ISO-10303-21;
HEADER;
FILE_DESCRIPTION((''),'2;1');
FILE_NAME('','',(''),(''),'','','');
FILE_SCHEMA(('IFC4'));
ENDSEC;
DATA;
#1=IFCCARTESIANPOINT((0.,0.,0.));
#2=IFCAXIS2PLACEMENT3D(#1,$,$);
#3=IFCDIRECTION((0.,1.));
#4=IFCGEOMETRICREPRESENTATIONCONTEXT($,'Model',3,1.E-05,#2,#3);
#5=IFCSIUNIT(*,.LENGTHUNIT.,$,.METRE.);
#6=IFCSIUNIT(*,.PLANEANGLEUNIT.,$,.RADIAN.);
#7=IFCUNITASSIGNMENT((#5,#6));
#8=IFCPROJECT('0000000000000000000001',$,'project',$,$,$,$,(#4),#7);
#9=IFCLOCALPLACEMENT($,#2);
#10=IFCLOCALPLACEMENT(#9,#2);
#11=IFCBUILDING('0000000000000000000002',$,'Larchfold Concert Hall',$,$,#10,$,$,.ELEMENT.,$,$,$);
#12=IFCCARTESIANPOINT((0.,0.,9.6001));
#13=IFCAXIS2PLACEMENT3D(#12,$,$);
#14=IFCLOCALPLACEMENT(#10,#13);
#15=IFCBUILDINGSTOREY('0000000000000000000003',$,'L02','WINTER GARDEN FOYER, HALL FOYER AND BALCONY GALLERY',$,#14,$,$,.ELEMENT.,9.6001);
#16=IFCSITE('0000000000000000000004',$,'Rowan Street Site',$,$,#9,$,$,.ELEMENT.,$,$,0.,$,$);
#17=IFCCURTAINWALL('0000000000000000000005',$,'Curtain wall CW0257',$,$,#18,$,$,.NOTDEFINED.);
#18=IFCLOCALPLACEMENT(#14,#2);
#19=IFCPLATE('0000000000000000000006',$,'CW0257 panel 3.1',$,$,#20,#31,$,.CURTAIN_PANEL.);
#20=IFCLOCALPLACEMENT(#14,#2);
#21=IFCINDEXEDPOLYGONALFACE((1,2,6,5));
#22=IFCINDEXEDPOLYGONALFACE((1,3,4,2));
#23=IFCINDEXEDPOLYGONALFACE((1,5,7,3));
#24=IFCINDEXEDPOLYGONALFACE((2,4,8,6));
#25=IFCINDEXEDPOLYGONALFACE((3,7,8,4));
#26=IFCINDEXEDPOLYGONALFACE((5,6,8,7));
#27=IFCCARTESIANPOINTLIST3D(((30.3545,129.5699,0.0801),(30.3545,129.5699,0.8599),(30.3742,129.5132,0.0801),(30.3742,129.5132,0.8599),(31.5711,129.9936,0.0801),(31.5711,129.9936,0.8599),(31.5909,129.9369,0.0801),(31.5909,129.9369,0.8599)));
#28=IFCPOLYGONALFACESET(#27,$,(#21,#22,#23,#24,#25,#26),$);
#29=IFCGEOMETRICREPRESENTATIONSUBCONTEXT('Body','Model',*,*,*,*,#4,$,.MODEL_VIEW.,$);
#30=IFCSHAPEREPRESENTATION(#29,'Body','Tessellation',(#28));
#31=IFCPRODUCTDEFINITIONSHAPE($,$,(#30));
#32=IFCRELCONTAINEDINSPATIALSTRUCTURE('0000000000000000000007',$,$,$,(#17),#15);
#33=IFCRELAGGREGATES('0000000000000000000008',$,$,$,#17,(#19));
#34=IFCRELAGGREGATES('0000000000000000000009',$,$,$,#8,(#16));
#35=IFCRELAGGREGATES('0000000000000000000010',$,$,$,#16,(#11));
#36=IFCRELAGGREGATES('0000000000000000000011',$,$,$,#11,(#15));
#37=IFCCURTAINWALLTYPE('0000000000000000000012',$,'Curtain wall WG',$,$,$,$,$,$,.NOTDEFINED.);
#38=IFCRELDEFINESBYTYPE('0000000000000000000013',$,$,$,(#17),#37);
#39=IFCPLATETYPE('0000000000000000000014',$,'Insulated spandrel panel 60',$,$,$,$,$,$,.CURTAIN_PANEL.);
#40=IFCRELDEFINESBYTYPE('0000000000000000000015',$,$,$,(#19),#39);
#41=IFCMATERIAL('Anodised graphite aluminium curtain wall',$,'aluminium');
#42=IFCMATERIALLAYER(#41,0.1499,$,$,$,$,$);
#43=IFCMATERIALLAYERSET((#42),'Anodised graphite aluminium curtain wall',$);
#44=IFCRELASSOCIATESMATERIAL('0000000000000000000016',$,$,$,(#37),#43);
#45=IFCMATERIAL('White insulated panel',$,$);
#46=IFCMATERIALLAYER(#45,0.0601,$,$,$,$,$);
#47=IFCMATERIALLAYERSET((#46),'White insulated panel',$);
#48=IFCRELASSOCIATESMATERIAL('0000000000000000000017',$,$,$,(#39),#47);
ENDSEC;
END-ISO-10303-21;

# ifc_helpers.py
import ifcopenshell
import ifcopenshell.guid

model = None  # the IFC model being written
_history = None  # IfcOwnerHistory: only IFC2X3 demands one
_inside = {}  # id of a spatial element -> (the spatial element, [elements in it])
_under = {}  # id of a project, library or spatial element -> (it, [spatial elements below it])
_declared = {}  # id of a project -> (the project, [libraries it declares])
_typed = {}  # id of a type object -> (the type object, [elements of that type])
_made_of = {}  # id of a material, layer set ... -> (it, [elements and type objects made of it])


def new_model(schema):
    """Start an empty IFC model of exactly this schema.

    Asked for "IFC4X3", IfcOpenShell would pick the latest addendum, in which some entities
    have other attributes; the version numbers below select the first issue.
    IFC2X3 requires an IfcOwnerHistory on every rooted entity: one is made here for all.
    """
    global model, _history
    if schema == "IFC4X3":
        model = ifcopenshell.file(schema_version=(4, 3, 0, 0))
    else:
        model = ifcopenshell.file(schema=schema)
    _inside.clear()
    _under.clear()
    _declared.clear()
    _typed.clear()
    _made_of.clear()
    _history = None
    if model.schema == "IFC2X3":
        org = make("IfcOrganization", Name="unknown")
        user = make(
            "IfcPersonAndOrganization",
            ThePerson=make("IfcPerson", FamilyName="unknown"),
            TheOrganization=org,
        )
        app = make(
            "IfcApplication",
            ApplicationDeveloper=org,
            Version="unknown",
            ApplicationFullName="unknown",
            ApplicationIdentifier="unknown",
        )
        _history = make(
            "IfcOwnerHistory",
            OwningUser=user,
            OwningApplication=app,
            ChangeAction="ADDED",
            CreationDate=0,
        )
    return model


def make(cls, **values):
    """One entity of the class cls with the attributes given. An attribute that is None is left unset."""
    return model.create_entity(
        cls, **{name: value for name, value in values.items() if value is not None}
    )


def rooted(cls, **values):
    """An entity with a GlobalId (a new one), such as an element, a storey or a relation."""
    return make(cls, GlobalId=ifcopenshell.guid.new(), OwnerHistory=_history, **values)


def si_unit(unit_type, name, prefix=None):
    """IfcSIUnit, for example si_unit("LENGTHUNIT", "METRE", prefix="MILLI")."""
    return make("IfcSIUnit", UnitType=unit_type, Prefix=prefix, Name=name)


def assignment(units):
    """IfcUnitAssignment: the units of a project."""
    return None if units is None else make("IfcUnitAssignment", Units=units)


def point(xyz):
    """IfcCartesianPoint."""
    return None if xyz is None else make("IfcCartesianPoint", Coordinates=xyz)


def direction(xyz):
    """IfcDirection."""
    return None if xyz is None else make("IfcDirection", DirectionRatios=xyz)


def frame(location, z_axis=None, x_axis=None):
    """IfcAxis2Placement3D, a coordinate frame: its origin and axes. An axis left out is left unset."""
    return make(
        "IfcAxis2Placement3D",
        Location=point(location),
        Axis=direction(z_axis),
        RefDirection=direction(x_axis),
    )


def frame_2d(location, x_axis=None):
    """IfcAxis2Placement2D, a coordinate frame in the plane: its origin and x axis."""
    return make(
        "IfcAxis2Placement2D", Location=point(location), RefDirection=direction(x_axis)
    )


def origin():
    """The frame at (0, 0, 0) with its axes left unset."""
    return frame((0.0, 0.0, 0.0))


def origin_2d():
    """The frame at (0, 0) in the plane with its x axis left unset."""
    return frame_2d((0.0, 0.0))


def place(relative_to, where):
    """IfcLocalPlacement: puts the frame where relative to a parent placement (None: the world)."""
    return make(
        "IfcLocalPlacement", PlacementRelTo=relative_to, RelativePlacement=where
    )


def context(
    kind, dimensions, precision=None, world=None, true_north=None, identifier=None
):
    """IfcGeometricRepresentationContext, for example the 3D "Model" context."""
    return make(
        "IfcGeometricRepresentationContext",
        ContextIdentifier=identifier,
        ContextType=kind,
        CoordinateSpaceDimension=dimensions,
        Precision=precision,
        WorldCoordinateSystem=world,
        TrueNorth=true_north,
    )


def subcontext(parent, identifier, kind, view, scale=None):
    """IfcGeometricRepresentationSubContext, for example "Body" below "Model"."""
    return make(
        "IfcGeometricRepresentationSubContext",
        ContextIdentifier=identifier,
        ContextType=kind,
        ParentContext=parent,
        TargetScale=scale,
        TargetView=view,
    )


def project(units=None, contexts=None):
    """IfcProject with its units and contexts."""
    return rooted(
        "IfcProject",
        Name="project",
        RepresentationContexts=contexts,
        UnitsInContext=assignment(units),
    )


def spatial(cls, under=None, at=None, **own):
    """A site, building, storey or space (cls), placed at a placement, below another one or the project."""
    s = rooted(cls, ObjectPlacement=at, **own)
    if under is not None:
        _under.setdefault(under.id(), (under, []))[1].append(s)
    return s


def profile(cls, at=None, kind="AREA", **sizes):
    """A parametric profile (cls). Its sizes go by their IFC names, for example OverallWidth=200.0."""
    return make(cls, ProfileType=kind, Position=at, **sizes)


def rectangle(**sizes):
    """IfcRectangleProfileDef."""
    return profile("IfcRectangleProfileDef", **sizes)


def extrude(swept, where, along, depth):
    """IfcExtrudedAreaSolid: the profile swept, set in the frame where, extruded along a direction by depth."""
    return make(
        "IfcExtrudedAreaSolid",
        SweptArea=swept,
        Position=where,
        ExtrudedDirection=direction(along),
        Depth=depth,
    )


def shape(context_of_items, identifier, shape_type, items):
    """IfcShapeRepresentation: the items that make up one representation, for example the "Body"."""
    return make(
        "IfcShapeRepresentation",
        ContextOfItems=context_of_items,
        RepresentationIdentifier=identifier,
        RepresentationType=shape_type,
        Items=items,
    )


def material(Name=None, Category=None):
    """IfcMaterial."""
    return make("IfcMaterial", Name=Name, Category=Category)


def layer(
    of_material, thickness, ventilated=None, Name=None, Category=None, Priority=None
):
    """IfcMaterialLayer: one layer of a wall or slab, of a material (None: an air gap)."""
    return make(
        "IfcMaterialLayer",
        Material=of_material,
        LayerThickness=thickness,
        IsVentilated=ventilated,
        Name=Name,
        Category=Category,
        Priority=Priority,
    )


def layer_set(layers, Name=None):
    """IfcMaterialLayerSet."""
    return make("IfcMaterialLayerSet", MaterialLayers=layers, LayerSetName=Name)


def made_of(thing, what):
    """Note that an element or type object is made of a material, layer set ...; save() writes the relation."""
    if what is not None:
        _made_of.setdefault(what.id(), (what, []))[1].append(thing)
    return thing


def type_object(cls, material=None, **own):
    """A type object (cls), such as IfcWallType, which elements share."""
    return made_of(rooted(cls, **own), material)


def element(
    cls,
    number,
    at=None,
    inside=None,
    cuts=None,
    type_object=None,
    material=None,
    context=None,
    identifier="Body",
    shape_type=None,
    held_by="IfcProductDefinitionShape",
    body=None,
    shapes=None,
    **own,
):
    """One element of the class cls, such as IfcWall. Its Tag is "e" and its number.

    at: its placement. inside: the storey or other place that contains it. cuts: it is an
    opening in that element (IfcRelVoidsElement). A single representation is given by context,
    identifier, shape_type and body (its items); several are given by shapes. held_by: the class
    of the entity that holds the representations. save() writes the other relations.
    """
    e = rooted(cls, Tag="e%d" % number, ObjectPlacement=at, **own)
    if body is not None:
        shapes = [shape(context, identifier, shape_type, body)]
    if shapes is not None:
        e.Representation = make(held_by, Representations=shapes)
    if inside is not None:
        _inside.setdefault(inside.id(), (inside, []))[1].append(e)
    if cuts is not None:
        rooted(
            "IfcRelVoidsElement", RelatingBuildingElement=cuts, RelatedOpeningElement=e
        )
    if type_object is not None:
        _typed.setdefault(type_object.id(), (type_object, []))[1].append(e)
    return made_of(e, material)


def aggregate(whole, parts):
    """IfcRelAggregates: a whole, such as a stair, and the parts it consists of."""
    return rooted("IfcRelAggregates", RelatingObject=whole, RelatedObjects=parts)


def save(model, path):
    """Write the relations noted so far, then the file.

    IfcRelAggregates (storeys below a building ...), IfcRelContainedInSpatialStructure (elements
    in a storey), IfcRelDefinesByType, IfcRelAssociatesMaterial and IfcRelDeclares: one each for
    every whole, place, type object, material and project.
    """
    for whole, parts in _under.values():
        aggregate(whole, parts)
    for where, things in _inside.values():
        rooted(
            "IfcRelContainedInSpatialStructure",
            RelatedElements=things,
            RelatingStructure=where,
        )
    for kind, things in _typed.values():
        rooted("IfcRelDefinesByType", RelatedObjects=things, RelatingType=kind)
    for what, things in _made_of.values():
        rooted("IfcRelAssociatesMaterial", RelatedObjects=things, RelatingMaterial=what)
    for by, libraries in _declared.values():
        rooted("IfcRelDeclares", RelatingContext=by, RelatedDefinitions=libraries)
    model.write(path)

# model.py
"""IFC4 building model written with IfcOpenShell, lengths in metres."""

from ifc_helpers import new_model, si_unit, direction, frame, origin, origin_2d, place, context, subcontext, project, spatial, rectangle, extrude, material, layer, layer_set, type_object, element, aggregate, save


model = new_model("IFC4")

# Units and contexts
model_context = context("Model", 3, precision=1e-05, world=origin(), true_north=direction((0.0, 1.0)))
body_context = subcontext(model_context, "Body", "Model", "MODEL_VIEW")
ifc_project = project(units=[si_unit("LENGTHUNIT", "METRE"), si_unit("PLANEANGLEUNIT", "RADIAN")], contexts=[model_context])

# Site, building, storey
site_placement = place(None, origin())
site = spatial("IfcSite", under=ifc_project, at=site_placement, Name="Rowan Street Site", CompositionType="ELEMENT", RefElevation=0.0)
building_placement = place(site_placement, origin())
building = spatial("IfcBuilding", under=site, at=building_placement, Name="Larchfold Concert Hall", CompositionType="ELEMENT")
storey_placement = place(building_placement, frame((0.0, 0.0, 9.6001)))
storey = spatial("IfcBuildingStorey", under=building, at=storey_placement, Name="L02", Description="WINTER GARDEN FOYER, HALL FOYER AND BALCONY GALLERY", CompositionType="ELEMENT", Elevation=9.6001)

# Curtain wall
ifc_material_1 = material(Name="Anodised graphite aluminium curtain wall", Category="aluminium")
ifc_layer_1 = layer(ifc_material_1, 0.1499)
ifc_layer_set_1 = layer_set([ifc_layer_1], Name="Anodised graphite aluminium curtain wall")
curtain_wall_type = type_object("IfcCurtainWallType", Name="Curtain wall WG", PredefinedType="NOTDEFINED", material=ifc_layer_set_1)
curtain_wall_1_placement = place(storey_placement, origin())
curtain_wall_1 = element("IfcCurtainWall", 1, at=curtain_wall_1_placement, inside=storey, type_object=curtain_wall_type, Name="Curtain wall CW0257", PredefinedType="NOTDEFINED")

# Plate
ifc_material_2 = material(Name="White insulated panel")
ifc_layer_2 = layer(ifc_material_2, 0.0601)
ifc_layer_set_2 = layer_set([ifc_layer_2], Name="White insulated panel")
plate_type_1 = type_object("IfcPlateType", Name="Insulated spandrel panel 60", PredefinedType="CURTAIN_PANEL", material=ifc_layer_set_2)
plate_1_placement = place(storey_placement, frame((30.9727, 129.7534, 0.0801), z_axis=(0.0, 0.0, 1.0), x_axis=(-0.944365, -0.328898, 0.0)))
plate_1 = element("IfcPlate", 2, at=plate_1_placement, type_object=plate_type_1, Name="CW0257 panel 3.1", PredefinedType="CURTAIN_PANEL", context=body_context, shape_type="SweptSolid", body=[
    extrude(rectangle(XDim=1.2883, YDim=0.0601, at=origin_2d()), origin(), (0.0, 0.0, 1.0), 0.7798),
])
aggregate(curtain_wall_1, [plate_1])

save(model, "model.ifc")
